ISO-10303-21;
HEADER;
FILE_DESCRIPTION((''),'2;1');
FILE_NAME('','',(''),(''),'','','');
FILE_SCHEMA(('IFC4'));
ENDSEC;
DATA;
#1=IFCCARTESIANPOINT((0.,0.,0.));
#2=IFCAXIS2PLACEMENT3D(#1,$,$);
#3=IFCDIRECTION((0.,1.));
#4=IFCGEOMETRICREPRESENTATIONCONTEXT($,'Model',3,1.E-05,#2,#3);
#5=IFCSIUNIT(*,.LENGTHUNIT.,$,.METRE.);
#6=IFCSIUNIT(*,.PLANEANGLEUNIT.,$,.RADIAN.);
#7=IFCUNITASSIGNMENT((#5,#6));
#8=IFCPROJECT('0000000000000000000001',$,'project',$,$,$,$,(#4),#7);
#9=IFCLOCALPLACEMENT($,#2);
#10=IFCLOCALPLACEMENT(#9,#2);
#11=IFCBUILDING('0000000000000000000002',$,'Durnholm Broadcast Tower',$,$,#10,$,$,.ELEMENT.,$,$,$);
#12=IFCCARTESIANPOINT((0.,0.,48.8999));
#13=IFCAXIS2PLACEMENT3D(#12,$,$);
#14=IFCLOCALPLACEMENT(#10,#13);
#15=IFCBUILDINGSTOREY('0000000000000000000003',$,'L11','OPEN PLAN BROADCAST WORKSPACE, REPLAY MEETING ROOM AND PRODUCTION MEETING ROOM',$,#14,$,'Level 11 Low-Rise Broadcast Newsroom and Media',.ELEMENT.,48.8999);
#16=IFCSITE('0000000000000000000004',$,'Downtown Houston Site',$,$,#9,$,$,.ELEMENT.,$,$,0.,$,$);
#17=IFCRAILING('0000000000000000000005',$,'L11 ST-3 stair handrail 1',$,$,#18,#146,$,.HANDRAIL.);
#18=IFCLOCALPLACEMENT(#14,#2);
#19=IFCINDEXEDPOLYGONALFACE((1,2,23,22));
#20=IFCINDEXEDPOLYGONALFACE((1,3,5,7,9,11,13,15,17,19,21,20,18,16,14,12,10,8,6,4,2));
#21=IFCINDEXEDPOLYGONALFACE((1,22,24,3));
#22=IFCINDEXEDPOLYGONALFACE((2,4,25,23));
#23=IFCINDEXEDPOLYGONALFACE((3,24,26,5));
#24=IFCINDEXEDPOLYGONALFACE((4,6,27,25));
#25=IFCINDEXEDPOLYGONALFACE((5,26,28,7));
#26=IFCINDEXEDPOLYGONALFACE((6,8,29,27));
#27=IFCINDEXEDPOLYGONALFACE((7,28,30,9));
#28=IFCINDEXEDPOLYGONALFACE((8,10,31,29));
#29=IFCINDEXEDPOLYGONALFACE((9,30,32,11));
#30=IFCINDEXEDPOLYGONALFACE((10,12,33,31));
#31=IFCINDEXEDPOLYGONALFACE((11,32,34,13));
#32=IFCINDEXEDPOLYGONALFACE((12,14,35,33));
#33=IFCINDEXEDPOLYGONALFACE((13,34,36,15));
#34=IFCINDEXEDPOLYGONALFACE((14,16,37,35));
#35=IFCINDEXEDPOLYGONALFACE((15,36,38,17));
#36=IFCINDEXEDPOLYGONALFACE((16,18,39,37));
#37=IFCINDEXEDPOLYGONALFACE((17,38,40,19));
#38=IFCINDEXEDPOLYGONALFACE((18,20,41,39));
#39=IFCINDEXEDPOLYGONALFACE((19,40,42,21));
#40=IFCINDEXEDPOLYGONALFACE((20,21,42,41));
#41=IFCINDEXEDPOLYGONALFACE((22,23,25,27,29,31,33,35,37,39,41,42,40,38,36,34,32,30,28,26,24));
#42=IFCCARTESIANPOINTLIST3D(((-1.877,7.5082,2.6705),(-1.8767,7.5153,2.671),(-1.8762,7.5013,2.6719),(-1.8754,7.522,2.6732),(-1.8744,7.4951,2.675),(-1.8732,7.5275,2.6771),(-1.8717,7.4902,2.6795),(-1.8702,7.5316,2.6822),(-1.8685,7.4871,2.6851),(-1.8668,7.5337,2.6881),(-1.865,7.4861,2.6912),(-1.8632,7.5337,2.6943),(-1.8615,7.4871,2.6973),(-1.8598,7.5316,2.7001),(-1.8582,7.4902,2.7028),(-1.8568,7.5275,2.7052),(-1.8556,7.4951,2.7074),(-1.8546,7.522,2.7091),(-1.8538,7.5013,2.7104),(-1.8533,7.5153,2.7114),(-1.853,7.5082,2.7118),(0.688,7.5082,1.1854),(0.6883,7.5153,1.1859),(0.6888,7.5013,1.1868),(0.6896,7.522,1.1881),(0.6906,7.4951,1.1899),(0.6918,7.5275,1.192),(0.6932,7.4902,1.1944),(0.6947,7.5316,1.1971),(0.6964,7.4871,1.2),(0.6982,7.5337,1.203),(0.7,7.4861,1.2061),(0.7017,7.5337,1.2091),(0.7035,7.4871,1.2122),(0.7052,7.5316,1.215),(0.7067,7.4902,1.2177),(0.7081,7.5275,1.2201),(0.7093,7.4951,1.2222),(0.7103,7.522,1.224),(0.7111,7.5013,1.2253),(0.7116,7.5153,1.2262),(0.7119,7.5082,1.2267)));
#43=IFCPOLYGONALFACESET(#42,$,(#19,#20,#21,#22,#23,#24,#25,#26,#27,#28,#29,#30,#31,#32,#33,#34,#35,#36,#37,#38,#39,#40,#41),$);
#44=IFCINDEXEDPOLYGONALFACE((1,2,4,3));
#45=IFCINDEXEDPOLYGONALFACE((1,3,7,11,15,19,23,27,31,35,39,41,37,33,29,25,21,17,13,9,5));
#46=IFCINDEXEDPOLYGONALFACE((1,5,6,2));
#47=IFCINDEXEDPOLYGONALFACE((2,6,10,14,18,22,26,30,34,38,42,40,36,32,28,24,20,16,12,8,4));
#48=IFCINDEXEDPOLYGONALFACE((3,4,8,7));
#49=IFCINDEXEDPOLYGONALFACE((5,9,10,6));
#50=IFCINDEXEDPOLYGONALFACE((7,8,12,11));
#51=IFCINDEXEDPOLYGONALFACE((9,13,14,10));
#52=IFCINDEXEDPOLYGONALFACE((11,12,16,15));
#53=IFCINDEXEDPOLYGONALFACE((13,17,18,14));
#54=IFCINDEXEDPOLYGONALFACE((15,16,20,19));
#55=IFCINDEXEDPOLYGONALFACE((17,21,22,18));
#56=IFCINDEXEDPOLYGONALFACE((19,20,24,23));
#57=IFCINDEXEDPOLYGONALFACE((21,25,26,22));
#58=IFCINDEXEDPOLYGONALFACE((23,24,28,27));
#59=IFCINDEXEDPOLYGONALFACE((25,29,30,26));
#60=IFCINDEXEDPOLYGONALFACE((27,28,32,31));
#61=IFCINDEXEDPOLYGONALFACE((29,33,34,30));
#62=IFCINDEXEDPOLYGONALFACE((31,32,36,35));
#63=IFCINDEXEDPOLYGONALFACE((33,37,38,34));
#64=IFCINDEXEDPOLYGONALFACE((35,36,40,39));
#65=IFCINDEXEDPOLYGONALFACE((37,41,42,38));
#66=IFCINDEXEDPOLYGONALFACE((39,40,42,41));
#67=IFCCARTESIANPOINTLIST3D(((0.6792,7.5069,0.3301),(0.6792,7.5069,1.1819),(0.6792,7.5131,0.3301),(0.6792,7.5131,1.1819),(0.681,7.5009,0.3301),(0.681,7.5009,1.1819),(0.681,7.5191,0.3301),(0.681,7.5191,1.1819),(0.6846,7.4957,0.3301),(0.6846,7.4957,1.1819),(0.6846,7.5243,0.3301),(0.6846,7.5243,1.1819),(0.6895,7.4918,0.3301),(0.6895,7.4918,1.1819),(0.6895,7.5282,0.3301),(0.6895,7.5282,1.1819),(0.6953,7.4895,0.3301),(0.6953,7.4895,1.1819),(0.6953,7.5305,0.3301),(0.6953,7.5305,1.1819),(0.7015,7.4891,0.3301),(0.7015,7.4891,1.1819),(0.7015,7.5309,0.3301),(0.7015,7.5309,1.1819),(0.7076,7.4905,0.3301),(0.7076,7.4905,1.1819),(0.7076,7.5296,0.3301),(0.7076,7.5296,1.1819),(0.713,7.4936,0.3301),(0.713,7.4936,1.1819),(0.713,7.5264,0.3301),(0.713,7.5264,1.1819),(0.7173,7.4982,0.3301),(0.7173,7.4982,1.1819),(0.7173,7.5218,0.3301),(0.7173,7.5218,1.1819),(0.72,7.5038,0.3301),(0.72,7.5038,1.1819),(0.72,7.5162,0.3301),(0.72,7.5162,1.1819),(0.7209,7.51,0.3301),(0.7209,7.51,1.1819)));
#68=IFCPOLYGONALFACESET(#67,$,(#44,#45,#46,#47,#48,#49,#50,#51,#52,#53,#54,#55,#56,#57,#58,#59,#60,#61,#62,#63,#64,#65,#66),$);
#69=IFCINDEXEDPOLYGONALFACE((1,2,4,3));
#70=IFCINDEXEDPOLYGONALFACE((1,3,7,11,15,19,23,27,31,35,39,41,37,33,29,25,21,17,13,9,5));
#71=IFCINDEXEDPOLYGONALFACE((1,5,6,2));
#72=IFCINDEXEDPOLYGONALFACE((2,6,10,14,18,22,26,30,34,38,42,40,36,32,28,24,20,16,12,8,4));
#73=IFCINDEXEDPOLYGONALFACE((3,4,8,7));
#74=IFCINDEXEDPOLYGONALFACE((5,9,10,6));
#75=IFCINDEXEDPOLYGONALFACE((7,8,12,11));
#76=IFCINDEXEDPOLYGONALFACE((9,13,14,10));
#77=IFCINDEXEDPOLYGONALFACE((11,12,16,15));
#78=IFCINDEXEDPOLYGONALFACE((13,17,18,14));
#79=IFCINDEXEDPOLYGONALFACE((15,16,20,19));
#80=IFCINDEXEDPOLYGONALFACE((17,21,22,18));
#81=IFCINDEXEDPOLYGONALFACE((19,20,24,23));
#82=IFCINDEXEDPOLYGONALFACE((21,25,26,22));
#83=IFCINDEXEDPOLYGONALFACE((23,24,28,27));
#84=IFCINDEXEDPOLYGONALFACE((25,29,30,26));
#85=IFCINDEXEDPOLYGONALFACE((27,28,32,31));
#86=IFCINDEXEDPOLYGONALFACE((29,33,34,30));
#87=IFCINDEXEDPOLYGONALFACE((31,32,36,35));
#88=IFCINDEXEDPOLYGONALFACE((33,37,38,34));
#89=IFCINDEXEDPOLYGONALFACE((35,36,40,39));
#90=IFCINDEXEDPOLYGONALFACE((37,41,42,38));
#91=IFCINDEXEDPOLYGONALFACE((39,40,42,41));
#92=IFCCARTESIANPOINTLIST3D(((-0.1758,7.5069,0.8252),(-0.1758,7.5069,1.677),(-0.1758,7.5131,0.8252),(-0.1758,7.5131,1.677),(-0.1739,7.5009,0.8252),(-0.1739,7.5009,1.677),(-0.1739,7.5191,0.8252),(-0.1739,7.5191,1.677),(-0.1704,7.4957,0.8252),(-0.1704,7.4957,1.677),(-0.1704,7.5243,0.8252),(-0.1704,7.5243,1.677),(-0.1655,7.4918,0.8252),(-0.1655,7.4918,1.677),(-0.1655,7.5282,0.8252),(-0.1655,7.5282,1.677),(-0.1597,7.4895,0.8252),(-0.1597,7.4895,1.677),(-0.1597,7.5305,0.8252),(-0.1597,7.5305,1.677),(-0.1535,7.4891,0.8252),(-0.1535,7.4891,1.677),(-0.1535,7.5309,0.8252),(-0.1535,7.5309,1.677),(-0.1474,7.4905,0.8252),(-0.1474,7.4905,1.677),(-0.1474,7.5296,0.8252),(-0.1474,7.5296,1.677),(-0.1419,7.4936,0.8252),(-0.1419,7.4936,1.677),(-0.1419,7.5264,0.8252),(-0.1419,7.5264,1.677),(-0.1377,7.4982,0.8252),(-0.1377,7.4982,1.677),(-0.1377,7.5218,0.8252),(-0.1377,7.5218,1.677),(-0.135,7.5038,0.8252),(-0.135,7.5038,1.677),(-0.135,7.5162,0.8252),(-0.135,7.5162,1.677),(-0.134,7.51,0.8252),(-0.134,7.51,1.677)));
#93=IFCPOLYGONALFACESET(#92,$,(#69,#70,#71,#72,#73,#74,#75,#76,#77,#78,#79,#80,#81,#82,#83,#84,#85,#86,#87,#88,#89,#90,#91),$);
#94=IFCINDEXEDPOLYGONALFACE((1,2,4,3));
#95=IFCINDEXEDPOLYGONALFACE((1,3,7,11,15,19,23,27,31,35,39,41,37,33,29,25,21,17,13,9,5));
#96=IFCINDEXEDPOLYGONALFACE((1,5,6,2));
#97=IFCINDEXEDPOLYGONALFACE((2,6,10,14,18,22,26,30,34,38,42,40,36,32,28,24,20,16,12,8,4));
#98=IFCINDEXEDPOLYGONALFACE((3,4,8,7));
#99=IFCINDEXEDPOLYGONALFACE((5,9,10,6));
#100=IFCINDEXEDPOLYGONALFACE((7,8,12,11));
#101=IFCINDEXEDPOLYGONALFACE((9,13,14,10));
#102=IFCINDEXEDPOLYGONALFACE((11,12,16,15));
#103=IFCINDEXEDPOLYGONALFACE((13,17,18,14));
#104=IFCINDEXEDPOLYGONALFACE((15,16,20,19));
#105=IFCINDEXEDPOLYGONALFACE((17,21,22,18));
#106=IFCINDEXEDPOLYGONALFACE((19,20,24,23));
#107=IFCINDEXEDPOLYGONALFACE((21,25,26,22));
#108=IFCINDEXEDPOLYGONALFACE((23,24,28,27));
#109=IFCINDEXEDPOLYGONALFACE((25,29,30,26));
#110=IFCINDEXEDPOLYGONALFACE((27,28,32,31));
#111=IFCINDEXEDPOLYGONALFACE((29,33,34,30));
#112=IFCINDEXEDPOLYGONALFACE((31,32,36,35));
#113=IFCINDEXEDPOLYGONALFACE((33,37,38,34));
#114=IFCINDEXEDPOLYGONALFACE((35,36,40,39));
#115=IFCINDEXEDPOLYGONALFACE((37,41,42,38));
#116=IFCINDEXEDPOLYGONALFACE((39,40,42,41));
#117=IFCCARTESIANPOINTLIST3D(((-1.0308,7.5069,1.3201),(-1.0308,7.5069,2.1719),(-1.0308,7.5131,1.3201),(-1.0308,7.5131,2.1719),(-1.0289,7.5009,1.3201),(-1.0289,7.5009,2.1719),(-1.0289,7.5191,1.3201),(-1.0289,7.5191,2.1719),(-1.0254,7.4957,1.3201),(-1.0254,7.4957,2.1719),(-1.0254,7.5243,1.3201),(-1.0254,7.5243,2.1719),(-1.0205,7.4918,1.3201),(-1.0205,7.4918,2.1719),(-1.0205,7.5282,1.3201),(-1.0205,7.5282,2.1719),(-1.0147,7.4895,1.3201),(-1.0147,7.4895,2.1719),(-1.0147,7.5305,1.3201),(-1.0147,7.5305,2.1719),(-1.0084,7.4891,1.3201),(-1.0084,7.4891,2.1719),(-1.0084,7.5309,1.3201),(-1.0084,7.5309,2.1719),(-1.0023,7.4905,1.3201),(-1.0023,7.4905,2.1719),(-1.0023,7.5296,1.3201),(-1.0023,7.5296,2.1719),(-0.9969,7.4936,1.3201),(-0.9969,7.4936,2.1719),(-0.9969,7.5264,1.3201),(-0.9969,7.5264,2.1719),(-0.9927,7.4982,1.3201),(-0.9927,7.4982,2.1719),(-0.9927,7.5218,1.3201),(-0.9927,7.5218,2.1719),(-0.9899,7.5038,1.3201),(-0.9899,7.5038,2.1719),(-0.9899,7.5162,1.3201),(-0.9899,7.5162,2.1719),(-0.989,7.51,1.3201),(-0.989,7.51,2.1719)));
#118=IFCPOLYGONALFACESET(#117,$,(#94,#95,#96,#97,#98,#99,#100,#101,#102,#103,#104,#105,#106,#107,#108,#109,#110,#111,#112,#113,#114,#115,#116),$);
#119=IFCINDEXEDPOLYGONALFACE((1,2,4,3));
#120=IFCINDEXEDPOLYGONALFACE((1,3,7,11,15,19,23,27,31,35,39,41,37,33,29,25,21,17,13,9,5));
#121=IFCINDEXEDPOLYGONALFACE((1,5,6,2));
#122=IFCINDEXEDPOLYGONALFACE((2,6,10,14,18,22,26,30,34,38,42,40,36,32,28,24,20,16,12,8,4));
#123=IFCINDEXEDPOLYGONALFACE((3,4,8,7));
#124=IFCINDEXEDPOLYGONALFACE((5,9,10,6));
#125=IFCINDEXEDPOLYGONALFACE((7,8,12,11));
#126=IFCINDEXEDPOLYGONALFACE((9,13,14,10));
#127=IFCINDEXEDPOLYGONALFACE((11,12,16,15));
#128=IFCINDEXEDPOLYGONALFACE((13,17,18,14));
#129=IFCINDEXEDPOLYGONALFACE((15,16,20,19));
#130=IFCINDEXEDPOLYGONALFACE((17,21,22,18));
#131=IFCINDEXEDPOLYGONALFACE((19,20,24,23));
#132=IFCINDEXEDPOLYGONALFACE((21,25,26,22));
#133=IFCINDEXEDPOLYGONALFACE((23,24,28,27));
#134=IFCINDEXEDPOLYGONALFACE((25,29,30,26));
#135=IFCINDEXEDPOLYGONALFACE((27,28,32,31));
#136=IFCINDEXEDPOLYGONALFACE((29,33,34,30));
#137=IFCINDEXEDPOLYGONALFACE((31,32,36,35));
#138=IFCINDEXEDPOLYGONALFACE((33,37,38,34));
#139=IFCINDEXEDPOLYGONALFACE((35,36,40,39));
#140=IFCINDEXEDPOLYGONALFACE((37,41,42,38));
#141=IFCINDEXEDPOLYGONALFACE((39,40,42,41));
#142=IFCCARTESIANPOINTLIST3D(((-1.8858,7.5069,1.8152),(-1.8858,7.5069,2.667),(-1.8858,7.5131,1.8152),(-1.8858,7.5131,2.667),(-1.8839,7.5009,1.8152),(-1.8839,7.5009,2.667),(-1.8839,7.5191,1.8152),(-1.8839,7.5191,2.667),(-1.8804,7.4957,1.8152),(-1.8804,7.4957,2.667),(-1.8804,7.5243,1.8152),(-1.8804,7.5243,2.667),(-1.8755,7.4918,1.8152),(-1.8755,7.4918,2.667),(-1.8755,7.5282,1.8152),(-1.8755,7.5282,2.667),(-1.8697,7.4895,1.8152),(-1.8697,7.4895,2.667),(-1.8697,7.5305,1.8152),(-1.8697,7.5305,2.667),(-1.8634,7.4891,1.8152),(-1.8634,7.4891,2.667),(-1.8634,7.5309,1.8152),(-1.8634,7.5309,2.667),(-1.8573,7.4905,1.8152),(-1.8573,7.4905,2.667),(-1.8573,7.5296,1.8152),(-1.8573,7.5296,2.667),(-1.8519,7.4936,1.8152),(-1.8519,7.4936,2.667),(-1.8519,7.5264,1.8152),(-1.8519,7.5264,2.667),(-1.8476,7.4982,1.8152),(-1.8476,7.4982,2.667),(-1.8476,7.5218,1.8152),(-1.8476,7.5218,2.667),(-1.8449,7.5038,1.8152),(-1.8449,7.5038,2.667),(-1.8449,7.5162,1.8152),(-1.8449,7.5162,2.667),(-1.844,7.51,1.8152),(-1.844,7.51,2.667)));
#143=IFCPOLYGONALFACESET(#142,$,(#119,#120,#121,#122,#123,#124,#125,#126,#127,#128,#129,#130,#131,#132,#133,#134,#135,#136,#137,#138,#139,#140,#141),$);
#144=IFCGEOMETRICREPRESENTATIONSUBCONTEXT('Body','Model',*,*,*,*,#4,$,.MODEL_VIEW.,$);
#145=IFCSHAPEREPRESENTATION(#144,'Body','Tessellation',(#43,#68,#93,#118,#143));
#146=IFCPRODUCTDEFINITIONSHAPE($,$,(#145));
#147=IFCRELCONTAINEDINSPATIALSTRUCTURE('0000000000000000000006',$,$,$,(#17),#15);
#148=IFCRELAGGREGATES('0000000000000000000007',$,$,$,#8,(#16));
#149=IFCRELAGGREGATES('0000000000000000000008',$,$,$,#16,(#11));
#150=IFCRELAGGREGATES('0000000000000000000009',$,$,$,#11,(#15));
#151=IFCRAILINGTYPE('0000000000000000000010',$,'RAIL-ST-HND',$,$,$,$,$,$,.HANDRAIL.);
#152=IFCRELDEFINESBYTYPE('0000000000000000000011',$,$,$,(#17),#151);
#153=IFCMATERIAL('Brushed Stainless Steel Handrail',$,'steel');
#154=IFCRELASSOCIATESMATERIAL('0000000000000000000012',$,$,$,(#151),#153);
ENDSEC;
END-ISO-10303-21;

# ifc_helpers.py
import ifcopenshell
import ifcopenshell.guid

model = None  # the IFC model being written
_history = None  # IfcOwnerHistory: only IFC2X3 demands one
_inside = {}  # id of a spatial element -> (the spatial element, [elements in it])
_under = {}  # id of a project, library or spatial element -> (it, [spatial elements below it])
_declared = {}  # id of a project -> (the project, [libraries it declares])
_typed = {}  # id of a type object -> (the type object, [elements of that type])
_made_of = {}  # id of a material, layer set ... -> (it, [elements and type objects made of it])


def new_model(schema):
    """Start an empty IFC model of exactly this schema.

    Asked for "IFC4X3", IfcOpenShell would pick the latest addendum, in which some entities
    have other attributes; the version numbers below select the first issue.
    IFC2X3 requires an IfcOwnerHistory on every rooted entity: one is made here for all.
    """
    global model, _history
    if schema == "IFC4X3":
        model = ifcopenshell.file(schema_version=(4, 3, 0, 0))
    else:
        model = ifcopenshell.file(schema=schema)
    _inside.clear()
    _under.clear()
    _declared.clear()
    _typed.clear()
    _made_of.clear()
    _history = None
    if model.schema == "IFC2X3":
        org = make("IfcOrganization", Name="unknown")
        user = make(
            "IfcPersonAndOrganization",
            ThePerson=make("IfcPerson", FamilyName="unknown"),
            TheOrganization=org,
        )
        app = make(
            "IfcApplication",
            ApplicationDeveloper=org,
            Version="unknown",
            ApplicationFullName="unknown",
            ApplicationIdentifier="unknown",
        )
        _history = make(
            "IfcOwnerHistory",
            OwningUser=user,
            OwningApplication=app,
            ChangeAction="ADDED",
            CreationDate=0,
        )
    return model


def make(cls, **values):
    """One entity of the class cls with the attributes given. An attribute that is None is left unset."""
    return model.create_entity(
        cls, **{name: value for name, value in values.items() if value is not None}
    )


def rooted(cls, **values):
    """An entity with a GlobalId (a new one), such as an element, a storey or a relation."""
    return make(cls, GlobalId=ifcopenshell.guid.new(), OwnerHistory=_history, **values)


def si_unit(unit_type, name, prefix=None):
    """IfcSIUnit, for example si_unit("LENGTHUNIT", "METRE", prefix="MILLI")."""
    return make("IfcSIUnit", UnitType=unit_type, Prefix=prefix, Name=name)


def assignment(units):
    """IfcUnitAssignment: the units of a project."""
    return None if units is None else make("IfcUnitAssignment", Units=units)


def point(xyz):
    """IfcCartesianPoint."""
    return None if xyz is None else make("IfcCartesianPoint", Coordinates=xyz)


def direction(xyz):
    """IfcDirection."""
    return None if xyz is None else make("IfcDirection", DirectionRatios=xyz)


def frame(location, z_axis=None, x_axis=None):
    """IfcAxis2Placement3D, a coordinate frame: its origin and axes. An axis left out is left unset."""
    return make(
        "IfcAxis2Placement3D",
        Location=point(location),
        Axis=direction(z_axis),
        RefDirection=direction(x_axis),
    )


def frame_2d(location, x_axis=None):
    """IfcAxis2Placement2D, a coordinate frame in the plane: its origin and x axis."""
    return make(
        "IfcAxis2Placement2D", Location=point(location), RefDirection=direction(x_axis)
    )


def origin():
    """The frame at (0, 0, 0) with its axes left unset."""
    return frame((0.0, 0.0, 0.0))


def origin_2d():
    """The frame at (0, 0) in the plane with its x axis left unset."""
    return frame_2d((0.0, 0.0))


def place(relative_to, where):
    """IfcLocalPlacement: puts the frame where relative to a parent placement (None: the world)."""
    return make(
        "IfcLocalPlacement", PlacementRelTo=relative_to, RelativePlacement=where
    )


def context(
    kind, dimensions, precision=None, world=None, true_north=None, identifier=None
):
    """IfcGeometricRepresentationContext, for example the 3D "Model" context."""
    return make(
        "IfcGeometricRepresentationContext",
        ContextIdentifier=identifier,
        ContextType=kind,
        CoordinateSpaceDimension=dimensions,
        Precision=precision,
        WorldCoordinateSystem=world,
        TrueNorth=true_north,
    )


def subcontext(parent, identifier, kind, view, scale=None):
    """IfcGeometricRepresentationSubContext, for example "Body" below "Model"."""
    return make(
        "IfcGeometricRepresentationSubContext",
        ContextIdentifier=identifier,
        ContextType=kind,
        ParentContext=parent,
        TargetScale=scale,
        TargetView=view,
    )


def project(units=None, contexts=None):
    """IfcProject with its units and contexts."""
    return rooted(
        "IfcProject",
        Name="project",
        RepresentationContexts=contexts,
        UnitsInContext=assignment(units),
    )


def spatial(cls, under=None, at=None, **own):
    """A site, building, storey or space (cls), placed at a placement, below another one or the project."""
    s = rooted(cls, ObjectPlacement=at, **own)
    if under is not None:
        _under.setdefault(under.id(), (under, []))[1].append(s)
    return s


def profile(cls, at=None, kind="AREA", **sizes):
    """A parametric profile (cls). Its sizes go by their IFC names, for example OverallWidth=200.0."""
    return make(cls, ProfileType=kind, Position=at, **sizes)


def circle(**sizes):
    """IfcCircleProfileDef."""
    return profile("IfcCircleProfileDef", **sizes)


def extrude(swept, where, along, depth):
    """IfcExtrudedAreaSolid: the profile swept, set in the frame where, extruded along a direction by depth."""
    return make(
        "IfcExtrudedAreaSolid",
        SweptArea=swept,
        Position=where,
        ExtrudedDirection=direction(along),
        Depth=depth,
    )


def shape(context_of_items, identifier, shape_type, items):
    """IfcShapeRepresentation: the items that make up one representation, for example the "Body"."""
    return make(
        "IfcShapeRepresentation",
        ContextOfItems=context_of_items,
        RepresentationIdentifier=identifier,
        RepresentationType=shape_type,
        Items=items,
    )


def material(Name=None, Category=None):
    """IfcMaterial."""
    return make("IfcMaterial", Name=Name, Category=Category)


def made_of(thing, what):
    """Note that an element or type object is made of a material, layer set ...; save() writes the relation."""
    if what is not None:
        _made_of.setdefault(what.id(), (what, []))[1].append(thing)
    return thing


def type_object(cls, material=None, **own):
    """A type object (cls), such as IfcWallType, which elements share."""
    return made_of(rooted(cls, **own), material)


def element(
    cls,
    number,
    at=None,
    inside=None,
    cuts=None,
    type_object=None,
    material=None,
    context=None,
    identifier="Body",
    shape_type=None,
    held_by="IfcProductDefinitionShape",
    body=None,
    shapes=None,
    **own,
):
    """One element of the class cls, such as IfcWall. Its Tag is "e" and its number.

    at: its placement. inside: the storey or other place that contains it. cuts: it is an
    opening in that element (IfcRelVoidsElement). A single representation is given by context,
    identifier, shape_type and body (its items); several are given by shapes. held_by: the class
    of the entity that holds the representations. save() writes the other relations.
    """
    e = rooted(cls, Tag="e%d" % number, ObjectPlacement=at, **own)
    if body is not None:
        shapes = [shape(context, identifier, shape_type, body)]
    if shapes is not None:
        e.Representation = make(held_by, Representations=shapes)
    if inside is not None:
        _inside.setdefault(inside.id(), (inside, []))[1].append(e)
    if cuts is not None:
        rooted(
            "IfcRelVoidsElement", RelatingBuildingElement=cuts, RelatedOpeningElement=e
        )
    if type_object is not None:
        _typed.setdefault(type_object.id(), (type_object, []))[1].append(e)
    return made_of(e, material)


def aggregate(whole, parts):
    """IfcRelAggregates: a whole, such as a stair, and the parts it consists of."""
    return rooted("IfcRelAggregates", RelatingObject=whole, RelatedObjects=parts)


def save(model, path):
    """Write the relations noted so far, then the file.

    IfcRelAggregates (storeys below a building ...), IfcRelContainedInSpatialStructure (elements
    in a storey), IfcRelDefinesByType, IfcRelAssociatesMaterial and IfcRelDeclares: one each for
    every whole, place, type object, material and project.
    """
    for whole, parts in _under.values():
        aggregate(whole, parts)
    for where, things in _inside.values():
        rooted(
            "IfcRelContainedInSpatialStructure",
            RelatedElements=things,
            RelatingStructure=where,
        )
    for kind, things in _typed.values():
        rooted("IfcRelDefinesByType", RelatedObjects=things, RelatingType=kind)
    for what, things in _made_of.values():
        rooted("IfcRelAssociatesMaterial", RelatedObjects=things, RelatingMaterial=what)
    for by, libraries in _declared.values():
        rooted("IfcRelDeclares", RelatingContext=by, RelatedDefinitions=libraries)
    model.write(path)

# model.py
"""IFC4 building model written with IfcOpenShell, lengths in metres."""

from ifc_helpers import new_model, si_unit, direction, frame, origin, origin_2d, place, context, subcontext, project, spatial, circle, extrude, material, type_object, element, save


model = new_model("IFC4")

# Units and contexts
model_context = context("Model", 3, precision=1e-05, world=origin(), true_north=direction((0.0, 1.0)))
body_context = subcontext(model_context, "Body", "Model", "MODEL_VIEW")
ifc_project = project(units=[si_unit("LENGTHUNIT", "METRE"), si_unit("PLANEANGLEUNIT", "RADIAN")], contexts=[model_context])

# Site, building, storey
site_placement = place(None, origin())
site = spatial("IfcSite", under=ifc_project, at=site_placement, Name="Downtown Houston Site", CompositionType="ELEMENT", RefElevation=0.0)
building_placement = place(site_placement, origin())
building = spatial("IfcBuilding", under=site, at=building_placement, Name="Durnholm Broadcast Tower", CompositionType="ELEMENT")
storey_placement = place(building_placement, frame((0.0, 0.0, 48.8999)))
storey = spatial("IfcBuildingStorey", under=building, at=storey_placement, Name="L11", Description="OPEN PLAN BROADCAST WORKSPACE, REPLAY MEETING ROOM AND PRODUCTION MEETING ROOM", LongName="Level 11 Low-Rise Broadcast Newsroom and Media", CompositionType="ELEMENT", Elevation=48.8999)

# Railing
ifc_material_1 = material(Name="Brushed Stainless Steel Handrail", Category="steel")
railing_type_1 = type_object("IfcRailingType", Name="RAIL-ST-HND", PredefinedType="HANDRAIL", material=ifc_material_1)
railing_1_placement = place(storey_placement, frame((0.7, 7.51, 0.3301)))
element("IfcRailing", 1, at=railing_1_placement, inside=storey, type_object=railing_type_1, Name="L11 ST-3 stair handrail 1", PredefinedType="HANDRAIL", context=body_context, shape_type="SweptSolid", body=[
    extrude(circle(Radius=0.0239, at=origin_2d()), frame((0.0, 0.0, 0.876), z_axis=(-0.865406, 0.0, 0.501072), x_axis=(0.0, -1.0, 0.0)), (0.0, 0.0, 1.0), 2.9639),
    extrude(circle(Radius=0.021, at=origin_2d()), origin(), (0.0, 0.0, 1.0), 0.8518),
    extrude(circle(Radius=0.021, at=origin_2d()), frame((-0.855, 0.0, 0.4951)), (0.0, 0.0, 1.0), 0.8518),
    extrude(circle(Radius=0.021, at=origin_2d()), frame((-1.71, 0.0, 0.99)), (0.0, 0.0, 1.0), 0.8518),
    extrude(circle(Radius=0.021, at=origin_2d()), frame((-2.5649, 0.0, 1.4851)), (0.0, 0.0, 1.0), 0.8518),
])

save(model, "model.ifc")
